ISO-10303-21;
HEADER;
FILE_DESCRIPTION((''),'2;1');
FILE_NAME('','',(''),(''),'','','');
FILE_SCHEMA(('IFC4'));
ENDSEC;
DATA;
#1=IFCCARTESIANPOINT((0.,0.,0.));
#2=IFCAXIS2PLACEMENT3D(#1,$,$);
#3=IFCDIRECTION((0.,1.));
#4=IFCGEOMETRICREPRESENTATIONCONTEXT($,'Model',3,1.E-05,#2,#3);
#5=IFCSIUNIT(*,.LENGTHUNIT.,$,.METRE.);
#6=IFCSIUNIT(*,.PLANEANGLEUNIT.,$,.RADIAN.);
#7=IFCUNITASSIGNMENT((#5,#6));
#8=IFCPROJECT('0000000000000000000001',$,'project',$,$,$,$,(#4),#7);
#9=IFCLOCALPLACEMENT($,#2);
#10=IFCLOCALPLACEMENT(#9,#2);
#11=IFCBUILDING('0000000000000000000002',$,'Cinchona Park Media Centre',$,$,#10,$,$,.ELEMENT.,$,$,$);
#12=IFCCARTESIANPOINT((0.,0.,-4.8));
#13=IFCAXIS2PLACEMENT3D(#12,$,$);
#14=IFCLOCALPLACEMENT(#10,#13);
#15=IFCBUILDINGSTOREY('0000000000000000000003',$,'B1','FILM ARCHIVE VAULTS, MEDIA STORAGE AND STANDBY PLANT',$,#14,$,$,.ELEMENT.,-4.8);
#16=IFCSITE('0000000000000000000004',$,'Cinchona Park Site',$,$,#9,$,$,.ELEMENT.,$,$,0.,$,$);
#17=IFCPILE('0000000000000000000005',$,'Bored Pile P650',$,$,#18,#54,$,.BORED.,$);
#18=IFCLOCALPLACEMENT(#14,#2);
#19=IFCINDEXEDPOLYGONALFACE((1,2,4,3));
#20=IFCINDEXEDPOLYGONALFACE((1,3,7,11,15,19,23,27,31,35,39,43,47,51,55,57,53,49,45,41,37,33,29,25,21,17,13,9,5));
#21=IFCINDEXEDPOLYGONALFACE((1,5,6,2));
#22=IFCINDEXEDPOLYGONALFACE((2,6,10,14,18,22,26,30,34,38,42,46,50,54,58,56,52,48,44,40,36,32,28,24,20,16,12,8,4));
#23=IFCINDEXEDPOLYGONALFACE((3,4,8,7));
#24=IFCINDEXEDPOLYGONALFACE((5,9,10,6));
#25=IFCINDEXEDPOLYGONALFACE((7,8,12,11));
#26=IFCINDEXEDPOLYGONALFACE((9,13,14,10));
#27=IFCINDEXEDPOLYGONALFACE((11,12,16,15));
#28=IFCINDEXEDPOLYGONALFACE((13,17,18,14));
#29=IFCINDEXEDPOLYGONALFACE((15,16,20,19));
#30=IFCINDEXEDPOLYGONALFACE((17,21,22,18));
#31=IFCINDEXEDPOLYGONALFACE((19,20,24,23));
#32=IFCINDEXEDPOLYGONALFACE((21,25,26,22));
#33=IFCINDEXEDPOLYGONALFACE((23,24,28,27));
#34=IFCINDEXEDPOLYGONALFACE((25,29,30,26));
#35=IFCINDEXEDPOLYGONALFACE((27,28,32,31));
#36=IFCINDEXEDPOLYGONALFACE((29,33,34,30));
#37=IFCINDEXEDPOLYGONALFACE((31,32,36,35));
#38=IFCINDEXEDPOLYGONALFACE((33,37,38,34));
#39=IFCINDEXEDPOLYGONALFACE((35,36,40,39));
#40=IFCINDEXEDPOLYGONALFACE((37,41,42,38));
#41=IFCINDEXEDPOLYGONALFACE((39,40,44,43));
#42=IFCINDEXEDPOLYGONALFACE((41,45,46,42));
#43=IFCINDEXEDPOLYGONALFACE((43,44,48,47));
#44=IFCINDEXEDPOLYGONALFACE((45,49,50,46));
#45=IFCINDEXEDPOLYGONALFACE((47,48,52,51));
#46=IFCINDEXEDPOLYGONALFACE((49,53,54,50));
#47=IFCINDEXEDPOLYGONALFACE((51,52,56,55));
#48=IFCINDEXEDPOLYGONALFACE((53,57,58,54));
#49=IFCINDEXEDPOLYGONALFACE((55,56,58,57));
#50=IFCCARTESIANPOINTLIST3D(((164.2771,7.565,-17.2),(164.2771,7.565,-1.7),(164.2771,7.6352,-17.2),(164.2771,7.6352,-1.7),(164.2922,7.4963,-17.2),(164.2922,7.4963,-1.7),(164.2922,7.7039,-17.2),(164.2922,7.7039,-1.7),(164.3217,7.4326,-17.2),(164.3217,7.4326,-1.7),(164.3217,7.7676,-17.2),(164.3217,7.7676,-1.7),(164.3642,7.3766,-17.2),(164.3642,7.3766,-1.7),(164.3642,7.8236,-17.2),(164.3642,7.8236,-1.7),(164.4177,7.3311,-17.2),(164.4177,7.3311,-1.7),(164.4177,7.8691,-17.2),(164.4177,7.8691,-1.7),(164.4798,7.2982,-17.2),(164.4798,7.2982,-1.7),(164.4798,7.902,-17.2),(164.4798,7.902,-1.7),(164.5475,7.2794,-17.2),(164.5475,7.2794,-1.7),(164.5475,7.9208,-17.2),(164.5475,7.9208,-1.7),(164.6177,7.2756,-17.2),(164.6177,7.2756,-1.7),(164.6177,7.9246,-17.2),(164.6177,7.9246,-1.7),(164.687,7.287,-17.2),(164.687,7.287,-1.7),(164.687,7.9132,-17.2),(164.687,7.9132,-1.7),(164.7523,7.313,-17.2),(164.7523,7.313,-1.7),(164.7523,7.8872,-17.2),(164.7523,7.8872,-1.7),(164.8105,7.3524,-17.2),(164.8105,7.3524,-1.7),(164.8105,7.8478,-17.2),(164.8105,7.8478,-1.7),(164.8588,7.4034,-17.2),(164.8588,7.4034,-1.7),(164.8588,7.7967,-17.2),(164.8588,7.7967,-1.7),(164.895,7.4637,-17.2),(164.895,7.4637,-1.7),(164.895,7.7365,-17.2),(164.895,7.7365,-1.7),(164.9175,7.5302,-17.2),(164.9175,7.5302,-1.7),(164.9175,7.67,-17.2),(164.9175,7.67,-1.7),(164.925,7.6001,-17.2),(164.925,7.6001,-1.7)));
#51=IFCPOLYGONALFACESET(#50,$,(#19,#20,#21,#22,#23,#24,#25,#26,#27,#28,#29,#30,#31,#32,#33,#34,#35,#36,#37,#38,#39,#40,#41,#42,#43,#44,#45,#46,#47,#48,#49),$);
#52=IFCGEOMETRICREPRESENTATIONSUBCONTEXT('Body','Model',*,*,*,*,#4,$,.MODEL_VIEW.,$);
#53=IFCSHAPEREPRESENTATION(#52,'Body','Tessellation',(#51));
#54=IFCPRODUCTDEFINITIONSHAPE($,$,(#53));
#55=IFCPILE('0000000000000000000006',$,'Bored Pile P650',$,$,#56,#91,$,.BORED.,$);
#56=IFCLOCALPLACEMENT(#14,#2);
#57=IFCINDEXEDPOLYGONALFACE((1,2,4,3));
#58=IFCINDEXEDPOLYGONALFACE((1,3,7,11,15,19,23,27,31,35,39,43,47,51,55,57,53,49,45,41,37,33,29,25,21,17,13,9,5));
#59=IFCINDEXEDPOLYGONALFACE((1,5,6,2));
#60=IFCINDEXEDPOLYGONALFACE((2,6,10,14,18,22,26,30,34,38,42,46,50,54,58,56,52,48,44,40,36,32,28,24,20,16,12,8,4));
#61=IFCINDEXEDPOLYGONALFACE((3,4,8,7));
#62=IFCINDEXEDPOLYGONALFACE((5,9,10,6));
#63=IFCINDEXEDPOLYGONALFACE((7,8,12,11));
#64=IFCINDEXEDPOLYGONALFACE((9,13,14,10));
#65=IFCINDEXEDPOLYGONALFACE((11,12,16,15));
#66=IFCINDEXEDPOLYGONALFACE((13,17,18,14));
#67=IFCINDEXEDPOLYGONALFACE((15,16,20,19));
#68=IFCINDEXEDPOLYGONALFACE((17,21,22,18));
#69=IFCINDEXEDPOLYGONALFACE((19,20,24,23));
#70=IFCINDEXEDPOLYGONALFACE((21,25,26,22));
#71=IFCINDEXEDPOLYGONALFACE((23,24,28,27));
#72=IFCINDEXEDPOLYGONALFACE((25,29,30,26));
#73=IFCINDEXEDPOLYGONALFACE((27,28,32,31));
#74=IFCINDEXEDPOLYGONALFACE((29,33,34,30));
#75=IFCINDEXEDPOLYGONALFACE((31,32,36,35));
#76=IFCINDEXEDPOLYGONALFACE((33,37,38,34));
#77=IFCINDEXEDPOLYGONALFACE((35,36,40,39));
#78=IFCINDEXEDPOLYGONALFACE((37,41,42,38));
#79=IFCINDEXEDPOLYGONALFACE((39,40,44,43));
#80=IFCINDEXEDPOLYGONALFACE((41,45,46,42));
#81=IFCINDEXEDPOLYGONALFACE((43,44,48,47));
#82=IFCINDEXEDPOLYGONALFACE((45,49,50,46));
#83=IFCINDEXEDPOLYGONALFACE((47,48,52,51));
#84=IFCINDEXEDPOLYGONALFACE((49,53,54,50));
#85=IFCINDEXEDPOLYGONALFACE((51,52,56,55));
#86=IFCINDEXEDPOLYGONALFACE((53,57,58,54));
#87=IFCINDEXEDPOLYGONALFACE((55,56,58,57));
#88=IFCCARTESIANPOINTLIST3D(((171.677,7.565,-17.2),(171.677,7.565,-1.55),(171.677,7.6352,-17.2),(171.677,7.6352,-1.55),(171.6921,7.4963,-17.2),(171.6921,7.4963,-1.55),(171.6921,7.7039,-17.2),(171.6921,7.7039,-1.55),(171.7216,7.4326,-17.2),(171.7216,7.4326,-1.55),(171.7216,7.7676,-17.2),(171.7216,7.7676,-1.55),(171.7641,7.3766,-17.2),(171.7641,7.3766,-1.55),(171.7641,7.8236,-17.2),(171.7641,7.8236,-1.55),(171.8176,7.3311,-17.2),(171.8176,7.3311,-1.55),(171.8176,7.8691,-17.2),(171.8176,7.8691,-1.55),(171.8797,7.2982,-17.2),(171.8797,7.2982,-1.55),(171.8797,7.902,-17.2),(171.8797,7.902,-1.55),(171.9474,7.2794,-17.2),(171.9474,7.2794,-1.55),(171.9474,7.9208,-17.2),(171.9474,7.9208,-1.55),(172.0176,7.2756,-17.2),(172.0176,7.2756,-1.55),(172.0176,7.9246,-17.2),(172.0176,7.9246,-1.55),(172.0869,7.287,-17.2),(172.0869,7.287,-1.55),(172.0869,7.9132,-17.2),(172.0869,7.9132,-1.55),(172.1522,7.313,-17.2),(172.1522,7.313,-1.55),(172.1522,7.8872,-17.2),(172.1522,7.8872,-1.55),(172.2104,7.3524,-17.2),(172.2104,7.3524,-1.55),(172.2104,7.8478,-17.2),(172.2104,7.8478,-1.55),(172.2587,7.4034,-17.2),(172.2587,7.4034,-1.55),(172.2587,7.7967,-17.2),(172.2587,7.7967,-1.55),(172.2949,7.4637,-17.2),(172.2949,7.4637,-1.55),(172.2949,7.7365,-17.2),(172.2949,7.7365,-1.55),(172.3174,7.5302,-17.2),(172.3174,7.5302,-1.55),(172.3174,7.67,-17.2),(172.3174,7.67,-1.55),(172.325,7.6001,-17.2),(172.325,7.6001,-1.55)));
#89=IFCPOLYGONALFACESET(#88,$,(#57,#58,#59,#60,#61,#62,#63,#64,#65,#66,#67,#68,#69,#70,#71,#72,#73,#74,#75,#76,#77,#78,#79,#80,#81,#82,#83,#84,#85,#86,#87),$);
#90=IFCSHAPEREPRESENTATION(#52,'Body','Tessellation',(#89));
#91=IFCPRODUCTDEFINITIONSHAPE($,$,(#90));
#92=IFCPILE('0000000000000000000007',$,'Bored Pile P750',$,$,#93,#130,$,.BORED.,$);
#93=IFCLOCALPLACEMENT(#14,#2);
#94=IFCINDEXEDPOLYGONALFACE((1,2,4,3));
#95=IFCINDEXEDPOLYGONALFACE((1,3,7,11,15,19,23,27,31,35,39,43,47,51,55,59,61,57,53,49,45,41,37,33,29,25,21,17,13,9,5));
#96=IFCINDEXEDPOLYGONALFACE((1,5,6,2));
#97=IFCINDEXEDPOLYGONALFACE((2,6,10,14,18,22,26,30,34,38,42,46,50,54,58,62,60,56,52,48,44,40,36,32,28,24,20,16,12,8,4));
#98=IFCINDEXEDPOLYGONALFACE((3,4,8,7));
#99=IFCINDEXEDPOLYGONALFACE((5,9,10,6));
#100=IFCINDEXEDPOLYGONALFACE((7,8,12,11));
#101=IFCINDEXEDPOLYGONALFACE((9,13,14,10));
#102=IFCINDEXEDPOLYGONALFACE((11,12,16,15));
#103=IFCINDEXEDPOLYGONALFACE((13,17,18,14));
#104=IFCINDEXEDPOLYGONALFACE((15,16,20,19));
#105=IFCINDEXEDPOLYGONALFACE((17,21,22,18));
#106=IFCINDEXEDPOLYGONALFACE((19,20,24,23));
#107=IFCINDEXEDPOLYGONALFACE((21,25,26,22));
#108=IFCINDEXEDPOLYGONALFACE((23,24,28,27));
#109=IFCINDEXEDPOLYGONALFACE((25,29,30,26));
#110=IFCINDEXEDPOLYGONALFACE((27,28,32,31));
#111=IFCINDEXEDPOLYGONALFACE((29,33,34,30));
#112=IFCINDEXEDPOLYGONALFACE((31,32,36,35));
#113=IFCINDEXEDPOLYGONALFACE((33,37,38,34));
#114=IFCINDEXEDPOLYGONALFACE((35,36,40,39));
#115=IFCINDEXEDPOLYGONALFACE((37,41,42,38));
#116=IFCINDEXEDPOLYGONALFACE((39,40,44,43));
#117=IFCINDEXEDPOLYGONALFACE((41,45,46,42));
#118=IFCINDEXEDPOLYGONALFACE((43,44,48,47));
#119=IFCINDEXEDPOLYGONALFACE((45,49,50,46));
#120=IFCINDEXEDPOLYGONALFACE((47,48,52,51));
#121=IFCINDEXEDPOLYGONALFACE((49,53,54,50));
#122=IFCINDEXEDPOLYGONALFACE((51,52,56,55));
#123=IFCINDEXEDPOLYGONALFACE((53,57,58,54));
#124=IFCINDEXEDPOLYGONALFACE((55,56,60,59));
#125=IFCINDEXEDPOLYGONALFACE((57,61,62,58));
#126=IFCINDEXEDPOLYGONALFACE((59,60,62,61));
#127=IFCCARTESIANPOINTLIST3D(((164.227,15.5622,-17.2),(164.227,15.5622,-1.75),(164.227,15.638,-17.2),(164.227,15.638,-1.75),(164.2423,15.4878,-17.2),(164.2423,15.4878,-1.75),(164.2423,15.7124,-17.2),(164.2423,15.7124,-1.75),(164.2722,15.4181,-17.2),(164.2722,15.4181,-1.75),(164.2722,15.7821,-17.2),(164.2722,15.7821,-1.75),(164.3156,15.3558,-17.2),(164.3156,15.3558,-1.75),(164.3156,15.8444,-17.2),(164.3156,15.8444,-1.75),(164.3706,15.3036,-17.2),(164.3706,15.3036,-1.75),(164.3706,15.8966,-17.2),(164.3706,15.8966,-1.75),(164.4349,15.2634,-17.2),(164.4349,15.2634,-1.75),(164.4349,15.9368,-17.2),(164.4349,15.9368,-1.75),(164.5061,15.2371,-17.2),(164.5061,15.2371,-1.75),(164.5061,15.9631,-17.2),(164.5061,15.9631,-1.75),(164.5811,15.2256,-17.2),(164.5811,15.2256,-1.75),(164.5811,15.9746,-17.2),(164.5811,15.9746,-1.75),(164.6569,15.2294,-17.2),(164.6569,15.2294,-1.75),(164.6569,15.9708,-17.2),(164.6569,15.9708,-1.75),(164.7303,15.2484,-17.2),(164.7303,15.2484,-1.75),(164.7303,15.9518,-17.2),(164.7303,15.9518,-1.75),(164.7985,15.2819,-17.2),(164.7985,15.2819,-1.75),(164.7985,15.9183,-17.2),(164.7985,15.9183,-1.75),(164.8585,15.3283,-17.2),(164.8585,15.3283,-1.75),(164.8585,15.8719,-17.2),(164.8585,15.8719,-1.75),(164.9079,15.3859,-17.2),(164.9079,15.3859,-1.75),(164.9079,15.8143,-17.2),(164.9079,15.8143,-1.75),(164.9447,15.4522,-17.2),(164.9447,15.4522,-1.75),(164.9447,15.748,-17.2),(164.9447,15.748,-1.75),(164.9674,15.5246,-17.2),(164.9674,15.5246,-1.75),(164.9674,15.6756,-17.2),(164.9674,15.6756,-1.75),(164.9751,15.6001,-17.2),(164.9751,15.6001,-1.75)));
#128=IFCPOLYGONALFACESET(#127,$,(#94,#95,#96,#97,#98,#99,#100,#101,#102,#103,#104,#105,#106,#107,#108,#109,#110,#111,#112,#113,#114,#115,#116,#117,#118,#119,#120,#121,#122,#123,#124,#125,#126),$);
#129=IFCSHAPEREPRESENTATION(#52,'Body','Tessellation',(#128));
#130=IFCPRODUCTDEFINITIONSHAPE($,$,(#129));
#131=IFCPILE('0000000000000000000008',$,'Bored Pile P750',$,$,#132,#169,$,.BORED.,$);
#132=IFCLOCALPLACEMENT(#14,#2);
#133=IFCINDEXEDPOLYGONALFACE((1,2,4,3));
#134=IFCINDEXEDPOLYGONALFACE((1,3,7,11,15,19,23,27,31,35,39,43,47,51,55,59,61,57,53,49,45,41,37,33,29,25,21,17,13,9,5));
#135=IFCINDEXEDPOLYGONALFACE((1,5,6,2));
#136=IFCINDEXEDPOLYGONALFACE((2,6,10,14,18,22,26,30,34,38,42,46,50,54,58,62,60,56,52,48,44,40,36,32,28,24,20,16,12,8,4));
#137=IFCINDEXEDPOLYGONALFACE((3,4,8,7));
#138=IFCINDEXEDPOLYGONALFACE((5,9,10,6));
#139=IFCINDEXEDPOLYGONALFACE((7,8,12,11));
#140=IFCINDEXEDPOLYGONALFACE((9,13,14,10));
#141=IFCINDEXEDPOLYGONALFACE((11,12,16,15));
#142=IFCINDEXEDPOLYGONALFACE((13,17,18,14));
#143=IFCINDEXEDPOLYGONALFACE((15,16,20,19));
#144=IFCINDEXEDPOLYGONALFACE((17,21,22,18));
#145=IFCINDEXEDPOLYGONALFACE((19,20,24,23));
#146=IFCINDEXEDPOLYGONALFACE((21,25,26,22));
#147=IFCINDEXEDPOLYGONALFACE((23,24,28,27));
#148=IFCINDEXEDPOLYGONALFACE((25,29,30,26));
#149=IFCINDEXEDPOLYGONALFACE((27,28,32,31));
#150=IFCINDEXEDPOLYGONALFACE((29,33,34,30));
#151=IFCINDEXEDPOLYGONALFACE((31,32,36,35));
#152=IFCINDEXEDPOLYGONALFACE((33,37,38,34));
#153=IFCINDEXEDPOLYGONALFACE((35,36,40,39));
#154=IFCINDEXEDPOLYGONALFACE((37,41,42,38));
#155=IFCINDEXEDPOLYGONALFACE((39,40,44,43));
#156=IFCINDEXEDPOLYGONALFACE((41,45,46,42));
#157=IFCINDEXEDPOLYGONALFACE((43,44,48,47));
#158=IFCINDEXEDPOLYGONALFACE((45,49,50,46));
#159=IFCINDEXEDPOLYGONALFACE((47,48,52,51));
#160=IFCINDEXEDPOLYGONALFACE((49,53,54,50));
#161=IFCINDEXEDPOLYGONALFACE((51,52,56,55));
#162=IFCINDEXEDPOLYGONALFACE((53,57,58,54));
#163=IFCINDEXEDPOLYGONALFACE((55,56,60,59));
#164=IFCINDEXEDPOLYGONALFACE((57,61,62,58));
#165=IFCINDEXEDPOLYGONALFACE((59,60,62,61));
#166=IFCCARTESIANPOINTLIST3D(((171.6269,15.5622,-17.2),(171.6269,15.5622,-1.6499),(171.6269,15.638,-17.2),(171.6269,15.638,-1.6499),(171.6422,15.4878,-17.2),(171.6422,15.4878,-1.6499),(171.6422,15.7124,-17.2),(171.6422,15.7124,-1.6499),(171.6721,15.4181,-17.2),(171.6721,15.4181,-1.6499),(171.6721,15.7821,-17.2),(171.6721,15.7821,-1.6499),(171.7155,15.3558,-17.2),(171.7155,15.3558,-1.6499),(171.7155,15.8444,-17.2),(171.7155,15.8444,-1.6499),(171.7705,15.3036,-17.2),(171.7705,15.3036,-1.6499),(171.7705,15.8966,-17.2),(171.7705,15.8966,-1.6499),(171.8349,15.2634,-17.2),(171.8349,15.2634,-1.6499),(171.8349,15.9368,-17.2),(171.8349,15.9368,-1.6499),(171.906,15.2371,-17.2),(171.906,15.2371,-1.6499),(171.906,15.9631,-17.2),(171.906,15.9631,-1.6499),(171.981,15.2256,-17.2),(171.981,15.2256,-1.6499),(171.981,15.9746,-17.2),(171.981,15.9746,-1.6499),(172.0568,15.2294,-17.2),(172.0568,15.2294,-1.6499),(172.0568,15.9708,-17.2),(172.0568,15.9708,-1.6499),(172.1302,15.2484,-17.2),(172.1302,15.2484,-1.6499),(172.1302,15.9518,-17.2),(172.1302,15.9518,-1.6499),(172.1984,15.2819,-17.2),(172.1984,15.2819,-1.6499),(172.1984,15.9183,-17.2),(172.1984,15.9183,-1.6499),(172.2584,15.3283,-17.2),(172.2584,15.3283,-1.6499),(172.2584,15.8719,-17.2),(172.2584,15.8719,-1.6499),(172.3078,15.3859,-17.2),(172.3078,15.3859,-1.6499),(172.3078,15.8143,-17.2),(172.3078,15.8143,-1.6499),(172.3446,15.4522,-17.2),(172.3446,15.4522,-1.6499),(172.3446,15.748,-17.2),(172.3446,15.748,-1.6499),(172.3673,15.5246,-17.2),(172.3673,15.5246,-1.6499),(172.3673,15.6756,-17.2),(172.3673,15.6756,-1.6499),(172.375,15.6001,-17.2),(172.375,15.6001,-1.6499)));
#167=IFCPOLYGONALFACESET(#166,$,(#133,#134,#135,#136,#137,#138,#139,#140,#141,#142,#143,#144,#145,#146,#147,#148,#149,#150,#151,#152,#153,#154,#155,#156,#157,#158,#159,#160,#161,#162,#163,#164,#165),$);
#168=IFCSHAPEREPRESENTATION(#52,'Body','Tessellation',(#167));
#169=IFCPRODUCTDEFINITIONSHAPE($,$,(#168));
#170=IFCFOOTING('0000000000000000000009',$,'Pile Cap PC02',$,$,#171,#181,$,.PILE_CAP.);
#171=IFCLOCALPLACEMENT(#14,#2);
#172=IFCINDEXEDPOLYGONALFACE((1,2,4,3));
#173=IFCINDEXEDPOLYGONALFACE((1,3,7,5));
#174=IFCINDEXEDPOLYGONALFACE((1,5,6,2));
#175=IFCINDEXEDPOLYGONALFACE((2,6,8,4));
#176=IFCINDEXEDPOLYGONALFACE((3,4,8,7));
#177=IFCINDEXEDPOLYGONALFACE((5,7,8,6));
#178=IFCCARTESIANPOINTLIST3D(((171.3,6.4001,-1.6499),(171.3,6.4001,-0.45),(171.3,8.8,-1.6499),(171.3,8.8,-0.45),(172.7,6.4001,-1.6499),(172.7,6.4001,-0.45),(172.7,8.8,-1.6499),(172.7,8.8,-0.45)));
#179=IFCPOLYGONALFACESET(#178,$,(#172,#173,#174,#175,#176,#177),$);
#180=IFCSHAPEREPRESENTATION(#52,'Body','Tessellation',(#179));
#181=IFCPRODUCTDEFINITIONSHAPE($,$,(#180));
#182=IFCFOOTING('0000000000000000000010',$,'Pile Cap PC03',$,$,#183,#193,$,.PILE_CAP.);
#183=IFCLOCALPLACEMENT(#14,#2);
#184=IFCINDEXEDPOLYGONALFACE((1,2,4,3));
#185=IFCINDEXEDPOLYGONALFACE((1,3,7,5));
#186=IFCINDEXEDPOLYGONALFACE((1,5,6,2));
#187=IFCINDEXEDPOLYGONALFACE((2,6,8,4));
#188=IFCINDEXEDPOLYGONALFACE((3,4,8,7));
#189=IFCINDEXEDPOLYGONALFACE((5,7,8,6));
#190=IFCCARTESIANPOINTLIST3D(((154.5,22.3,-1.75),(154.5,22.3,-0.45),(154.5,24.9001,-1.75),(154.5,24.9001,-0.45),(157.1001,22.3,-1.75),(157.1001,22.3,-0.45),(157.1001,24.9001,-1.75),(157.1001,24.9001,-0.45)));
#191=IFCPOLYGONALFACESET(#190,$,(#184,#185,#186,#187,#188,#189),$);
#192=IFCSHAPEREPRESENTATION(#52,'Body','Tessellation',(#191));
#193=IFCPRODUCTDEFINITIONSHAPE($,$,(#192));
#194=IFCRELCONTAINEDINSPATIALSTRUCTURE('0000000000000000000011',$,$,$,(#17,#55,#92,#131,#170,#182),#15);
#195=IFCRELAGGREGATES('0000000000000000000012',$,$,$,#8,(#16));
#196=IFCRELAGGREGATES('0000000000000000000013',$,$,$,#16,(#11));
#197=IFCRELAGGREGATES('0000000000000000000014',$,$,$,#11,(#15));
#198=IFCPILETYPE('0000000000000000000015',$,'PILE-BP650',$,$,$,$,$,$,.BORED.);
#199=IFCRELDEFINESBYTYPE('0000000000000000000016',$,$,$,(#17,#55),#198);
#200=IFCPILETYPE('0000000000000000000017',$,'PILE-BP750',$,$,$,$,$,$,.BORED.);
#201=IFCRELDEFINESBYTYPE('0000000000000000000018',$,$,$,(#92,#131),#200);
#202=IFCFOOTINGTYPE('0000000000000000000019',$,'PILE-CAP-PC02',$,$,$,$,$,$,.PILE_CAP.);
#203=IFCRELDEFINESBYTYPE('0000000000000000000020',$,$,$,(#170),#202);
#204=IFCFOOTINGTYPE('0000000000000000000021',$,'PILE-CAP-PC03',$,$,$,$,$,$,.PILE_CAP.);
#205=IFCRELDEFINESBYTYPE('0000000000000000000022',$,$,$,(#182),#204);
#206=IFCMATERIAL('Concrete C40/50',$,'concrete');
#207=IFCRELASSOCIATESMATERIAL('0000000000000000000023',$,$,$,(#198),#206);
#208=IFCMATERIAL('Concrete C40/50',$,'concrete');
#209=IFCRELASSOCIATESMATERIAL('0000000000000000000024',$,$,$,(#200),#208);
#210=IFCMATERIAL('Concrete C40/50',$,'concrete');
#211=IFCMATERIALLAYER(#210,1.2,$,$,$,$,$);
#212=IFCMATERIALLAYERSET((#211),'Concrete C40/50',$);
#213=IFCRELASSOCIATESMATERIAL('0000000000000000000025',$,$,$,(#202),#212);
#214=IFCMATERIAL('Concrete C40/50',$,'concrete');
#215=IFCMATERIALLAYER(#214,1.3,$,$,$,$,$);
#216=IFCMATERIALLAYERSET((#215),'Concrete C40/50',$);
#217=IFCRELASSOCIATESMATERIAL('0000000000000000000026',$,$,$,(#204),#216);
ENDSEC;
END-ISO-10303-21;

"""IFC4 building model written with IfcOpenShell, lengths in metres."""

from ifc_helpers import new_model, si_unit, direction, frame, origin, origin_2d, place, context, subcontext, project, spatial, rectangle, circle, extrude, material, layer, layer_set, material_profile, profile_set, type_object, element, save


model = new_model("IFC4")

# Units and contexts
model_context = context("Model", 3, precision=1e-05, world=origin(), true_north=direction((0.0, 1.0)))
body_context = subcontext(model_context, "Body", "Model", "MODEL_VIEW")
ifc_project = project(units=[si_unit("LENGTHUNIT", "METRE"), si_unit("PLANEANGLEUNIT", "RADIAN")], contexts=[model_context])

# Site, building, storey
site_placement = place(None, origin())
site = spatial("IfcSite", under=ifc_project, at=site_placement, Name="Cinchona Park Site", CompositionType="ELEMENT", RefElevation=0.0)
building_placement = place(site_placement, origin())
building = spatial("IfcBuilding", under=site, at=building_placement, Name="Cinchona Park Media Centre", CompositionType="ELEMENT")
storey_placement = place(building_placement, frame((0.0, 0.0, -4.8)))
storey = spatial("IfcBuildingStorey", under=building, at=storey_placement, Name="B1", Description="FILM ARCHIVE VAULTS, MEDIA STORAGE AND STANDBY PLANT", CompositionType="ELEMENT", Elevation=-4.8)

# Piles
ifc_material_1 = material(Name="Concrete C40/50", Category="concrete")
ifc_material_profile_1 = material_profile(ifc_material_1, circle(Radius=0.325, at=origin_2d()), Name="BORED PILE 650")
ifc_profile_set_1 = profile_set([ifc_material_profile_1], Name="Concrete C40/50")
pile_type_1 = type_object("IfcPileType", Name="PILE-BP650", PredefinedType="BORED", material=ifc_profile_set_1)
pile_1_placement = place(storey_placement, frame((164.6001, 7.6001, -1.7), z_axis=(0.0, 0.0, -1.0), x_axis=(1.0, 0.0, 0.0)))
element("IfcPile", 1, at=pile_1_placement, inside=storey, type_object=pile_type_1, Name="Bored Pile P650", PredefinedType="BORED", context=body_context, shape_type="SweptSolid", body=[
    extrude(circle(Radius=0.325, at=origin_2d()), origin(), (0.0, 0.0, 1.0), 15.5),
])
pile_2_placement = place(storey_placement, frame((172.0, 7.6001, -1.55), z_axis=(0.0, 0.0, -1.0), x_axis=(1.0, 0.0, 0.0)))
element("IfcPile", 2, at=pile_2_placement, inside=storey, type_object=pile_type_1, Name="Bored Pile P650", PredefinedType="BORED", context=body_context, shape_type="SweptSolid", body=[
    extrude(circle(Radius=0.325, at=origin_2d()), origin(), (0.0, 0.0, 1.0), 15.6499),
])
ifc_material_2 = material(Name="Concrete C40/50", Category="concrete")
ifc_material_profile_2 = material_profile(ifc_material_2, circle(Radius=0.375, at=origin_2d()), Name="BORED PILE 750")
ifc_profile_set_2 = profile_set([ifc_material_profile_2], Name="Concrete C40/50")
pile_type_2 = type_object("IfcPileType", Name="PILE-BP750", PredefinedType="BORED", material=ifc_profile_set_2)
pile_3_placement = place(storey_placement, frame((164.6001, 15.6001, -1.75), z_axis=(0.0, 0.0, -1.0), x_axis=(1.0, 0.0, 0.0)))
element("IfcPile", 3, at=pile_3_placement, inside=storey, type_object=pile_type_2, Name="Bored Pile P750", PredefinedType="BORED", context=body_context, shape_type="SweptSolid", body=[
    extrude(circle(Radius=0.375, at=origin_2d()), origin(), (0.0, 0.0, 1.0), 15.45),
])
pile_4_placement = place(storey_placement, frame((172.0, 15.6001, -1.6499), z_axis=(0.0, 0.0, -1.0), x_axis=(1.0, 0.0, 0.0)))
element("IfcPile", 4, at=pile_4_placement, inside=storey, type_object=pile_type_2, Name="Bored Pile P750", PredefinedType="BORED", context=body_context, shape_type="SweptSolid", body=[
    extrude(circle(Radius=0.375, at=origin_2d()), origin(), (0.0, 0.0, 1.0), 15.55),
])

# Footings
ifc_material_3 = material(Name="Concrete C40/50", Category="concrete")
ifc_layer_1 = layer(ifc_material_3, 1.2)
ifc_layer_set_1 = layer_set([ifc_layer_1], Name="Concrete C40/50")
footing_type_1 = type_object("IfcFootingType", Name="PILE-CAP-PC02", PredefinedType="PILE_CAP", material=ifc_layer_set_1)
footing_1_placement = place(storey_placement, frame((172.0, 7.6001, -1.6499), z_axis=(0.0, 0.0, 1.0), x_axis=(1.0, 0.0, 0.0)))
element("IfcFooting", 5, at=footing_1_placement, inside=storey, type_object=footing_type_1, Name="Pile Cap PC02", PredefinedType="PILE_CAP", context=body_context, shape_type="SweptSolid", body=[
    extrude(rectangle(XDim=1.3999, YDim=2.3999, at=origin_2d()), origin(), (0.0, 0.0, 1.0), 1.2),
])
ifc_material_4 = material(Name="Concrete C40/50", Category="concrete")
ifc_layer_2 = layer(ifc_material_4, 1.3)
ifc_layer_set_2 = layer_set([ifc_layer_2], Name="Concrete C40/50")
footing_type_2 = type_object("IfcFootingType", Name="PILE-CAP-PC03", PredefinedType="PILE_CAP", material=ifc_layer_set_2)
for number, where, z_axis, x_axis, name in (
    (6, (155.8, 23.6001, -1.75), (0.0, 0.0, 1.0), (1.0, 0.0, 0.0), "Pile Cap PC03"),
):
    element("IfcFooting", number, at=place(storey_placement, frame(where, z_axis=z_axis, x_axis=x_axis)), inside=storey, type_object=footing_type_2, Name=name, PredefinedType="PILE_CAP", context=body_context, shape_type="SweptSolid", body=[
        extrude(rectangle(XDim=2.6001, YDim=2.6001, at=origin_2d()), origin(), (0.0, 0.0, 1.0), 1.3),
    ])

save(model, "model.ifc")
